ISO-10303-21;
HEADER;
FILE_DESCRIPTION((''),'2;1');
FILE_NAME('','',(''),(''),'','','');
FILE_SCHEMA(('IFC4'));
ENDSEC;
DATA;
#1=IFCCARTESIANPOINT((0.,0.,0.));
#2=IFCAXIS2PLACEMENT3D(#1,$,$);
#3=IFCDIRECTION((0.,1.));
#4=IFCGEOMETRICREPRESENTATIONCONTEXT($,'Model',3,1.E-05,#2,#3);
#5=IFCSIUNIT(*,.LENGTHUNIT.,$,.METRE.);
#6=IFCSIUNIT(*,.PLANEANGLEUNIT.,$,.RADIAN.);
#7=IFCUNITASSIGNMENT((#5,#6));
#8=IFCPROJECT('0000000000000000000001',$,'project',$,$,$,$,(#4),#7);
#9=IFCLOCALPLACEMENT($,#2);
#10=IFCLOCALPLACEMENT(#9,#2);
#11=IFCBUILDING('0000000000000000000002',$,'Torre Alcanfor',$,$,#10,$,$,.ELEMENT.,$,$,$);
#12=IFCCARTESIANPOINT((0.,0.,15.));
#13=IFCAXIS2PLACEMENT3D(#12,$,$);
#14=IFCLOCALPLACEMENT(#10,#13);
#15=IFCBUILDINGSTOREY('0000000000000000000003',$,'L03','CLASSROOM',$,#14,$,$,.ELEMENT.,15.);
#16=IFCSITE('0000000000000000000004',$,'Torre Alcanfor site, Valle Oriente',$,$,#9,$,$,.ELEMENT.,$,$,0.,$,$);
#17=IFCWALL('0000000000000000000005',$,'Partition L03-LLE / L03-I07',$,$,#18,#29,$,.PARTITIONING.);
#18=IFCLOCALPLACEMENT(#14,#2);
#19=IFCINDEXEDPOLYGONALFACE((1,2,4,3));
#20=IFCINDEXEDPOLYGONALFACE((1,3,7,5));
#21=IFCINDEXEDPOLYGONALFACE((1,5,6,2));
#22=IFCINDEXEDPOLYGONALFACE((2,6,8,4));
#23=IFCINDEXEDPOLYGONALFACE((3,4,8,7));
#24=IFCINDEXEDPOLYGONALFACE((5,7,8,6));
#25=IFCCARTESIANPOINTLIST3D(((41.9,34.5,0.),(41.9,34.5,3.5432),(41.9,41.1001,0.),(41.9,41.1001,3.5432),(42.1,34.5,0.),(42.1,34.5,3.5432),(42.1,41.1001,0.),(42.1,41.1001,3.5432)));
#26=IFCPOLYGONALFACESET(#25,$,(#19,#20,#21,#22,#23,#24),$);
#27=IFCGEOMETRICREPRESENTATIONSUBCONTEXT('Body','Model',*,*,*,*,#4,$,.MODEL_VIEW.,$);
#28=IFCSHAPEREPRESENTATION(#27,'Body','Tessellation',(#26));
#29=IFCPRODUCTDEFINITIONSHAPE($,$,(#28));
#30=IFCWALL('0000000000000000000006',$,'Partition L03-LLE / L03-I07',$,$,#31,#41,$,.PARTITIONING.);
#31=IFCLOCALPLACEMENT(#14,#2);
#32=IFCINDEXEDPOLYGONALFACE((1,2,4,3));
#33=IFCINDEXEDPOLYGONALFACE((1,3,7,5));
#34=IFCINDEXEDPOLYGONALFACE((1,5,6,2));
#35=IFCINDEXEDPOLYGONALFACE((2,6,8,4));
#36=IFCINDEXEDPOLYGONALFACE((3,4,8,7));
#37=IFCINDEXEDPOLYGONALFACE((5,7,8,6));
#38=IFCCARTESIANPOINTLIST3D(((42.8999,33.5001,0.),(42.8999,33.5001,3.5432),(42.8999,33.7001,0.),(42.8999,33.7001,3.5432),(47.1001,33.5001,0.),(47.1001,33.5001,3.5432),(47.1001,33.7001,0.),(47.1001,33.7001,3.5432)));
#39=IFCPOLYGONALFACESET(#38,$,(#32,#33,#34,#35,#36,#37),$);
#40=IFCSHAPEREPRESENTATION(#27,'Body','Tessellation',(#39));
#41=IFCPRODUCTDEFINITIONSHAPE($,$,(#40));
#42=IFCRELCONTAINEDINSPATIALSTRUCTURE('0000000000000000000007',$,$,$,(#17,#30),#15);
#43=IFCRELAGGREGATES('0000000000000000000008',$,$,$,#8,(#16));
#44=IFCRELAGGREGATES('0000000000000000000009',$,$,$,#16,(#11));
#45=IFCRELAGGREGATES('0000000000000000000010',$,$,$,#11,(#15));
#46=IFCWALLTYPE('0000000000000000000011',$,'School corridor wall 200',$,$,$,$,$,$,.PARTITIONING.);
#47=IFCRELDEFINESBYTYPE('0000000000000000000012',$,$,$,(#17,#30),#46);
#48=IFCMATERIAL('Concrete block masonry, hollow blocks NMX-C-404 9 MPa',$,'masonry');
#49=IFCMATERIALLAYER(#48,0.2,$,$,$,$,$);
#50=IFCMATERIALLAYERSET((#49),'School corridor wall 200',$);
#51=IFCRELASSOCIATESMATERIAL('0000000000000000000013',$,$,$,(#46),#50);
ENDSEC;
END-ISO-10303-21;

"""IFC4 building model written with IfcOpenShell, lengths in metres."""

from ifc_helpers import new_model, si_unit, direction, frame, frame_2d, origin, place, context, subcontext, project, spatial, rectangle, extrude, material, layer, layer_set, type_object, element, save


model = new_model("IFC4")

# Units and contexts
model_context = context("Model", 3, precision=1e-05, world=origin(), true_north=direction((0.0, 1.0)))
body_context = subcontext(model_context, "Body", "Model", "MODEL_VIEW")
ifc_project = project(units=[si_unit("LENGTHUNIT", "METRE"), si_unit("PLANEANGLEUNIT", "RADIAN")], contexts=[model_context])

# Site, building, storey
site_placement = place(None, origin())
site = spatial("IfcSite", under=ifc_project, at=site_placement, Name="Torre Alcanfor site, Valle Oriente", CompositionType="ELEMENT", RefElevation=0.0)
building_placement = place(site_placement, origin())
building = spatial("IfcBuilding", under=site, at=building_placement, Name="Torre Alcanfor", CompositionType="ELEMENT")
storey_placement = place(building_placement, frame((0.0, 0.0, 15.0)))
storey = spatial("IfcBuildingStorey", under=building, at=storey_placement, Name="L03", Description="CLASSROOM", CompositionType="ELEMENT", Elevation=15.0)

# Shared definitions
ifc_material_1 = material(Name="Concrete block masonry, hollow blocks NMX-C-404 9 MPa", Category="masonry")
ifc_layer_1 = layer(ifc_material_1, 0.2)
ifc_layer_set_1 = layer_set([ifc_layer_1], Name="School corridor wall 200")
wall_type_1 = type_object("IfcWallType", Name="School corridor wall 200", PredefinedType="PARTITIONING", material=ifc_layer_set_1)

# Walls
wall_1_placement = place(storey_placement, frame((42.0, 41.1001, 0.0), z_axis=(0.0, 0.0, 1.0), x_axis=(0.0, -1.0, 0.0)))
element("IfcWall", 1, at=wall_1_placement, inside=storey, type_object=wall_type_1, Name="Partition L03-LLE / L03-I07", PredefinedType="PARTITIONING", context=body_context, shape_type="SweptSolid", body=[
    extrude(rectangle(XDim=6.6001, YDim=0.2, at=frame_2d((3.3, 0.0))), origin(), (0.0, 0.0, 1.0), 3.5432),
])
wall_2_placement = place(storey_placement, frame((42.8999, 33.6001, 0.0), z_axis=(0.0, 0.0, 1.0), x_axis=(1.0, 0.0, 0.0)))
element("IfcWall", 2, at=wall_2_placement, inside=storey, type_object=wall_type_1, Name="Partition L03-LLE / L03-I07", PredefinedType="PARTITIONING", context=body_context, shape_type="SweptSolid", body=[
    extrude(rectangle(XDim=4.2002, YDim=0.2, at=frame_2d((2.1001, 0.0))), origin(), (0.0, 0.0, 1.0), 3.5432),
])

save(model, "model.ifc")
